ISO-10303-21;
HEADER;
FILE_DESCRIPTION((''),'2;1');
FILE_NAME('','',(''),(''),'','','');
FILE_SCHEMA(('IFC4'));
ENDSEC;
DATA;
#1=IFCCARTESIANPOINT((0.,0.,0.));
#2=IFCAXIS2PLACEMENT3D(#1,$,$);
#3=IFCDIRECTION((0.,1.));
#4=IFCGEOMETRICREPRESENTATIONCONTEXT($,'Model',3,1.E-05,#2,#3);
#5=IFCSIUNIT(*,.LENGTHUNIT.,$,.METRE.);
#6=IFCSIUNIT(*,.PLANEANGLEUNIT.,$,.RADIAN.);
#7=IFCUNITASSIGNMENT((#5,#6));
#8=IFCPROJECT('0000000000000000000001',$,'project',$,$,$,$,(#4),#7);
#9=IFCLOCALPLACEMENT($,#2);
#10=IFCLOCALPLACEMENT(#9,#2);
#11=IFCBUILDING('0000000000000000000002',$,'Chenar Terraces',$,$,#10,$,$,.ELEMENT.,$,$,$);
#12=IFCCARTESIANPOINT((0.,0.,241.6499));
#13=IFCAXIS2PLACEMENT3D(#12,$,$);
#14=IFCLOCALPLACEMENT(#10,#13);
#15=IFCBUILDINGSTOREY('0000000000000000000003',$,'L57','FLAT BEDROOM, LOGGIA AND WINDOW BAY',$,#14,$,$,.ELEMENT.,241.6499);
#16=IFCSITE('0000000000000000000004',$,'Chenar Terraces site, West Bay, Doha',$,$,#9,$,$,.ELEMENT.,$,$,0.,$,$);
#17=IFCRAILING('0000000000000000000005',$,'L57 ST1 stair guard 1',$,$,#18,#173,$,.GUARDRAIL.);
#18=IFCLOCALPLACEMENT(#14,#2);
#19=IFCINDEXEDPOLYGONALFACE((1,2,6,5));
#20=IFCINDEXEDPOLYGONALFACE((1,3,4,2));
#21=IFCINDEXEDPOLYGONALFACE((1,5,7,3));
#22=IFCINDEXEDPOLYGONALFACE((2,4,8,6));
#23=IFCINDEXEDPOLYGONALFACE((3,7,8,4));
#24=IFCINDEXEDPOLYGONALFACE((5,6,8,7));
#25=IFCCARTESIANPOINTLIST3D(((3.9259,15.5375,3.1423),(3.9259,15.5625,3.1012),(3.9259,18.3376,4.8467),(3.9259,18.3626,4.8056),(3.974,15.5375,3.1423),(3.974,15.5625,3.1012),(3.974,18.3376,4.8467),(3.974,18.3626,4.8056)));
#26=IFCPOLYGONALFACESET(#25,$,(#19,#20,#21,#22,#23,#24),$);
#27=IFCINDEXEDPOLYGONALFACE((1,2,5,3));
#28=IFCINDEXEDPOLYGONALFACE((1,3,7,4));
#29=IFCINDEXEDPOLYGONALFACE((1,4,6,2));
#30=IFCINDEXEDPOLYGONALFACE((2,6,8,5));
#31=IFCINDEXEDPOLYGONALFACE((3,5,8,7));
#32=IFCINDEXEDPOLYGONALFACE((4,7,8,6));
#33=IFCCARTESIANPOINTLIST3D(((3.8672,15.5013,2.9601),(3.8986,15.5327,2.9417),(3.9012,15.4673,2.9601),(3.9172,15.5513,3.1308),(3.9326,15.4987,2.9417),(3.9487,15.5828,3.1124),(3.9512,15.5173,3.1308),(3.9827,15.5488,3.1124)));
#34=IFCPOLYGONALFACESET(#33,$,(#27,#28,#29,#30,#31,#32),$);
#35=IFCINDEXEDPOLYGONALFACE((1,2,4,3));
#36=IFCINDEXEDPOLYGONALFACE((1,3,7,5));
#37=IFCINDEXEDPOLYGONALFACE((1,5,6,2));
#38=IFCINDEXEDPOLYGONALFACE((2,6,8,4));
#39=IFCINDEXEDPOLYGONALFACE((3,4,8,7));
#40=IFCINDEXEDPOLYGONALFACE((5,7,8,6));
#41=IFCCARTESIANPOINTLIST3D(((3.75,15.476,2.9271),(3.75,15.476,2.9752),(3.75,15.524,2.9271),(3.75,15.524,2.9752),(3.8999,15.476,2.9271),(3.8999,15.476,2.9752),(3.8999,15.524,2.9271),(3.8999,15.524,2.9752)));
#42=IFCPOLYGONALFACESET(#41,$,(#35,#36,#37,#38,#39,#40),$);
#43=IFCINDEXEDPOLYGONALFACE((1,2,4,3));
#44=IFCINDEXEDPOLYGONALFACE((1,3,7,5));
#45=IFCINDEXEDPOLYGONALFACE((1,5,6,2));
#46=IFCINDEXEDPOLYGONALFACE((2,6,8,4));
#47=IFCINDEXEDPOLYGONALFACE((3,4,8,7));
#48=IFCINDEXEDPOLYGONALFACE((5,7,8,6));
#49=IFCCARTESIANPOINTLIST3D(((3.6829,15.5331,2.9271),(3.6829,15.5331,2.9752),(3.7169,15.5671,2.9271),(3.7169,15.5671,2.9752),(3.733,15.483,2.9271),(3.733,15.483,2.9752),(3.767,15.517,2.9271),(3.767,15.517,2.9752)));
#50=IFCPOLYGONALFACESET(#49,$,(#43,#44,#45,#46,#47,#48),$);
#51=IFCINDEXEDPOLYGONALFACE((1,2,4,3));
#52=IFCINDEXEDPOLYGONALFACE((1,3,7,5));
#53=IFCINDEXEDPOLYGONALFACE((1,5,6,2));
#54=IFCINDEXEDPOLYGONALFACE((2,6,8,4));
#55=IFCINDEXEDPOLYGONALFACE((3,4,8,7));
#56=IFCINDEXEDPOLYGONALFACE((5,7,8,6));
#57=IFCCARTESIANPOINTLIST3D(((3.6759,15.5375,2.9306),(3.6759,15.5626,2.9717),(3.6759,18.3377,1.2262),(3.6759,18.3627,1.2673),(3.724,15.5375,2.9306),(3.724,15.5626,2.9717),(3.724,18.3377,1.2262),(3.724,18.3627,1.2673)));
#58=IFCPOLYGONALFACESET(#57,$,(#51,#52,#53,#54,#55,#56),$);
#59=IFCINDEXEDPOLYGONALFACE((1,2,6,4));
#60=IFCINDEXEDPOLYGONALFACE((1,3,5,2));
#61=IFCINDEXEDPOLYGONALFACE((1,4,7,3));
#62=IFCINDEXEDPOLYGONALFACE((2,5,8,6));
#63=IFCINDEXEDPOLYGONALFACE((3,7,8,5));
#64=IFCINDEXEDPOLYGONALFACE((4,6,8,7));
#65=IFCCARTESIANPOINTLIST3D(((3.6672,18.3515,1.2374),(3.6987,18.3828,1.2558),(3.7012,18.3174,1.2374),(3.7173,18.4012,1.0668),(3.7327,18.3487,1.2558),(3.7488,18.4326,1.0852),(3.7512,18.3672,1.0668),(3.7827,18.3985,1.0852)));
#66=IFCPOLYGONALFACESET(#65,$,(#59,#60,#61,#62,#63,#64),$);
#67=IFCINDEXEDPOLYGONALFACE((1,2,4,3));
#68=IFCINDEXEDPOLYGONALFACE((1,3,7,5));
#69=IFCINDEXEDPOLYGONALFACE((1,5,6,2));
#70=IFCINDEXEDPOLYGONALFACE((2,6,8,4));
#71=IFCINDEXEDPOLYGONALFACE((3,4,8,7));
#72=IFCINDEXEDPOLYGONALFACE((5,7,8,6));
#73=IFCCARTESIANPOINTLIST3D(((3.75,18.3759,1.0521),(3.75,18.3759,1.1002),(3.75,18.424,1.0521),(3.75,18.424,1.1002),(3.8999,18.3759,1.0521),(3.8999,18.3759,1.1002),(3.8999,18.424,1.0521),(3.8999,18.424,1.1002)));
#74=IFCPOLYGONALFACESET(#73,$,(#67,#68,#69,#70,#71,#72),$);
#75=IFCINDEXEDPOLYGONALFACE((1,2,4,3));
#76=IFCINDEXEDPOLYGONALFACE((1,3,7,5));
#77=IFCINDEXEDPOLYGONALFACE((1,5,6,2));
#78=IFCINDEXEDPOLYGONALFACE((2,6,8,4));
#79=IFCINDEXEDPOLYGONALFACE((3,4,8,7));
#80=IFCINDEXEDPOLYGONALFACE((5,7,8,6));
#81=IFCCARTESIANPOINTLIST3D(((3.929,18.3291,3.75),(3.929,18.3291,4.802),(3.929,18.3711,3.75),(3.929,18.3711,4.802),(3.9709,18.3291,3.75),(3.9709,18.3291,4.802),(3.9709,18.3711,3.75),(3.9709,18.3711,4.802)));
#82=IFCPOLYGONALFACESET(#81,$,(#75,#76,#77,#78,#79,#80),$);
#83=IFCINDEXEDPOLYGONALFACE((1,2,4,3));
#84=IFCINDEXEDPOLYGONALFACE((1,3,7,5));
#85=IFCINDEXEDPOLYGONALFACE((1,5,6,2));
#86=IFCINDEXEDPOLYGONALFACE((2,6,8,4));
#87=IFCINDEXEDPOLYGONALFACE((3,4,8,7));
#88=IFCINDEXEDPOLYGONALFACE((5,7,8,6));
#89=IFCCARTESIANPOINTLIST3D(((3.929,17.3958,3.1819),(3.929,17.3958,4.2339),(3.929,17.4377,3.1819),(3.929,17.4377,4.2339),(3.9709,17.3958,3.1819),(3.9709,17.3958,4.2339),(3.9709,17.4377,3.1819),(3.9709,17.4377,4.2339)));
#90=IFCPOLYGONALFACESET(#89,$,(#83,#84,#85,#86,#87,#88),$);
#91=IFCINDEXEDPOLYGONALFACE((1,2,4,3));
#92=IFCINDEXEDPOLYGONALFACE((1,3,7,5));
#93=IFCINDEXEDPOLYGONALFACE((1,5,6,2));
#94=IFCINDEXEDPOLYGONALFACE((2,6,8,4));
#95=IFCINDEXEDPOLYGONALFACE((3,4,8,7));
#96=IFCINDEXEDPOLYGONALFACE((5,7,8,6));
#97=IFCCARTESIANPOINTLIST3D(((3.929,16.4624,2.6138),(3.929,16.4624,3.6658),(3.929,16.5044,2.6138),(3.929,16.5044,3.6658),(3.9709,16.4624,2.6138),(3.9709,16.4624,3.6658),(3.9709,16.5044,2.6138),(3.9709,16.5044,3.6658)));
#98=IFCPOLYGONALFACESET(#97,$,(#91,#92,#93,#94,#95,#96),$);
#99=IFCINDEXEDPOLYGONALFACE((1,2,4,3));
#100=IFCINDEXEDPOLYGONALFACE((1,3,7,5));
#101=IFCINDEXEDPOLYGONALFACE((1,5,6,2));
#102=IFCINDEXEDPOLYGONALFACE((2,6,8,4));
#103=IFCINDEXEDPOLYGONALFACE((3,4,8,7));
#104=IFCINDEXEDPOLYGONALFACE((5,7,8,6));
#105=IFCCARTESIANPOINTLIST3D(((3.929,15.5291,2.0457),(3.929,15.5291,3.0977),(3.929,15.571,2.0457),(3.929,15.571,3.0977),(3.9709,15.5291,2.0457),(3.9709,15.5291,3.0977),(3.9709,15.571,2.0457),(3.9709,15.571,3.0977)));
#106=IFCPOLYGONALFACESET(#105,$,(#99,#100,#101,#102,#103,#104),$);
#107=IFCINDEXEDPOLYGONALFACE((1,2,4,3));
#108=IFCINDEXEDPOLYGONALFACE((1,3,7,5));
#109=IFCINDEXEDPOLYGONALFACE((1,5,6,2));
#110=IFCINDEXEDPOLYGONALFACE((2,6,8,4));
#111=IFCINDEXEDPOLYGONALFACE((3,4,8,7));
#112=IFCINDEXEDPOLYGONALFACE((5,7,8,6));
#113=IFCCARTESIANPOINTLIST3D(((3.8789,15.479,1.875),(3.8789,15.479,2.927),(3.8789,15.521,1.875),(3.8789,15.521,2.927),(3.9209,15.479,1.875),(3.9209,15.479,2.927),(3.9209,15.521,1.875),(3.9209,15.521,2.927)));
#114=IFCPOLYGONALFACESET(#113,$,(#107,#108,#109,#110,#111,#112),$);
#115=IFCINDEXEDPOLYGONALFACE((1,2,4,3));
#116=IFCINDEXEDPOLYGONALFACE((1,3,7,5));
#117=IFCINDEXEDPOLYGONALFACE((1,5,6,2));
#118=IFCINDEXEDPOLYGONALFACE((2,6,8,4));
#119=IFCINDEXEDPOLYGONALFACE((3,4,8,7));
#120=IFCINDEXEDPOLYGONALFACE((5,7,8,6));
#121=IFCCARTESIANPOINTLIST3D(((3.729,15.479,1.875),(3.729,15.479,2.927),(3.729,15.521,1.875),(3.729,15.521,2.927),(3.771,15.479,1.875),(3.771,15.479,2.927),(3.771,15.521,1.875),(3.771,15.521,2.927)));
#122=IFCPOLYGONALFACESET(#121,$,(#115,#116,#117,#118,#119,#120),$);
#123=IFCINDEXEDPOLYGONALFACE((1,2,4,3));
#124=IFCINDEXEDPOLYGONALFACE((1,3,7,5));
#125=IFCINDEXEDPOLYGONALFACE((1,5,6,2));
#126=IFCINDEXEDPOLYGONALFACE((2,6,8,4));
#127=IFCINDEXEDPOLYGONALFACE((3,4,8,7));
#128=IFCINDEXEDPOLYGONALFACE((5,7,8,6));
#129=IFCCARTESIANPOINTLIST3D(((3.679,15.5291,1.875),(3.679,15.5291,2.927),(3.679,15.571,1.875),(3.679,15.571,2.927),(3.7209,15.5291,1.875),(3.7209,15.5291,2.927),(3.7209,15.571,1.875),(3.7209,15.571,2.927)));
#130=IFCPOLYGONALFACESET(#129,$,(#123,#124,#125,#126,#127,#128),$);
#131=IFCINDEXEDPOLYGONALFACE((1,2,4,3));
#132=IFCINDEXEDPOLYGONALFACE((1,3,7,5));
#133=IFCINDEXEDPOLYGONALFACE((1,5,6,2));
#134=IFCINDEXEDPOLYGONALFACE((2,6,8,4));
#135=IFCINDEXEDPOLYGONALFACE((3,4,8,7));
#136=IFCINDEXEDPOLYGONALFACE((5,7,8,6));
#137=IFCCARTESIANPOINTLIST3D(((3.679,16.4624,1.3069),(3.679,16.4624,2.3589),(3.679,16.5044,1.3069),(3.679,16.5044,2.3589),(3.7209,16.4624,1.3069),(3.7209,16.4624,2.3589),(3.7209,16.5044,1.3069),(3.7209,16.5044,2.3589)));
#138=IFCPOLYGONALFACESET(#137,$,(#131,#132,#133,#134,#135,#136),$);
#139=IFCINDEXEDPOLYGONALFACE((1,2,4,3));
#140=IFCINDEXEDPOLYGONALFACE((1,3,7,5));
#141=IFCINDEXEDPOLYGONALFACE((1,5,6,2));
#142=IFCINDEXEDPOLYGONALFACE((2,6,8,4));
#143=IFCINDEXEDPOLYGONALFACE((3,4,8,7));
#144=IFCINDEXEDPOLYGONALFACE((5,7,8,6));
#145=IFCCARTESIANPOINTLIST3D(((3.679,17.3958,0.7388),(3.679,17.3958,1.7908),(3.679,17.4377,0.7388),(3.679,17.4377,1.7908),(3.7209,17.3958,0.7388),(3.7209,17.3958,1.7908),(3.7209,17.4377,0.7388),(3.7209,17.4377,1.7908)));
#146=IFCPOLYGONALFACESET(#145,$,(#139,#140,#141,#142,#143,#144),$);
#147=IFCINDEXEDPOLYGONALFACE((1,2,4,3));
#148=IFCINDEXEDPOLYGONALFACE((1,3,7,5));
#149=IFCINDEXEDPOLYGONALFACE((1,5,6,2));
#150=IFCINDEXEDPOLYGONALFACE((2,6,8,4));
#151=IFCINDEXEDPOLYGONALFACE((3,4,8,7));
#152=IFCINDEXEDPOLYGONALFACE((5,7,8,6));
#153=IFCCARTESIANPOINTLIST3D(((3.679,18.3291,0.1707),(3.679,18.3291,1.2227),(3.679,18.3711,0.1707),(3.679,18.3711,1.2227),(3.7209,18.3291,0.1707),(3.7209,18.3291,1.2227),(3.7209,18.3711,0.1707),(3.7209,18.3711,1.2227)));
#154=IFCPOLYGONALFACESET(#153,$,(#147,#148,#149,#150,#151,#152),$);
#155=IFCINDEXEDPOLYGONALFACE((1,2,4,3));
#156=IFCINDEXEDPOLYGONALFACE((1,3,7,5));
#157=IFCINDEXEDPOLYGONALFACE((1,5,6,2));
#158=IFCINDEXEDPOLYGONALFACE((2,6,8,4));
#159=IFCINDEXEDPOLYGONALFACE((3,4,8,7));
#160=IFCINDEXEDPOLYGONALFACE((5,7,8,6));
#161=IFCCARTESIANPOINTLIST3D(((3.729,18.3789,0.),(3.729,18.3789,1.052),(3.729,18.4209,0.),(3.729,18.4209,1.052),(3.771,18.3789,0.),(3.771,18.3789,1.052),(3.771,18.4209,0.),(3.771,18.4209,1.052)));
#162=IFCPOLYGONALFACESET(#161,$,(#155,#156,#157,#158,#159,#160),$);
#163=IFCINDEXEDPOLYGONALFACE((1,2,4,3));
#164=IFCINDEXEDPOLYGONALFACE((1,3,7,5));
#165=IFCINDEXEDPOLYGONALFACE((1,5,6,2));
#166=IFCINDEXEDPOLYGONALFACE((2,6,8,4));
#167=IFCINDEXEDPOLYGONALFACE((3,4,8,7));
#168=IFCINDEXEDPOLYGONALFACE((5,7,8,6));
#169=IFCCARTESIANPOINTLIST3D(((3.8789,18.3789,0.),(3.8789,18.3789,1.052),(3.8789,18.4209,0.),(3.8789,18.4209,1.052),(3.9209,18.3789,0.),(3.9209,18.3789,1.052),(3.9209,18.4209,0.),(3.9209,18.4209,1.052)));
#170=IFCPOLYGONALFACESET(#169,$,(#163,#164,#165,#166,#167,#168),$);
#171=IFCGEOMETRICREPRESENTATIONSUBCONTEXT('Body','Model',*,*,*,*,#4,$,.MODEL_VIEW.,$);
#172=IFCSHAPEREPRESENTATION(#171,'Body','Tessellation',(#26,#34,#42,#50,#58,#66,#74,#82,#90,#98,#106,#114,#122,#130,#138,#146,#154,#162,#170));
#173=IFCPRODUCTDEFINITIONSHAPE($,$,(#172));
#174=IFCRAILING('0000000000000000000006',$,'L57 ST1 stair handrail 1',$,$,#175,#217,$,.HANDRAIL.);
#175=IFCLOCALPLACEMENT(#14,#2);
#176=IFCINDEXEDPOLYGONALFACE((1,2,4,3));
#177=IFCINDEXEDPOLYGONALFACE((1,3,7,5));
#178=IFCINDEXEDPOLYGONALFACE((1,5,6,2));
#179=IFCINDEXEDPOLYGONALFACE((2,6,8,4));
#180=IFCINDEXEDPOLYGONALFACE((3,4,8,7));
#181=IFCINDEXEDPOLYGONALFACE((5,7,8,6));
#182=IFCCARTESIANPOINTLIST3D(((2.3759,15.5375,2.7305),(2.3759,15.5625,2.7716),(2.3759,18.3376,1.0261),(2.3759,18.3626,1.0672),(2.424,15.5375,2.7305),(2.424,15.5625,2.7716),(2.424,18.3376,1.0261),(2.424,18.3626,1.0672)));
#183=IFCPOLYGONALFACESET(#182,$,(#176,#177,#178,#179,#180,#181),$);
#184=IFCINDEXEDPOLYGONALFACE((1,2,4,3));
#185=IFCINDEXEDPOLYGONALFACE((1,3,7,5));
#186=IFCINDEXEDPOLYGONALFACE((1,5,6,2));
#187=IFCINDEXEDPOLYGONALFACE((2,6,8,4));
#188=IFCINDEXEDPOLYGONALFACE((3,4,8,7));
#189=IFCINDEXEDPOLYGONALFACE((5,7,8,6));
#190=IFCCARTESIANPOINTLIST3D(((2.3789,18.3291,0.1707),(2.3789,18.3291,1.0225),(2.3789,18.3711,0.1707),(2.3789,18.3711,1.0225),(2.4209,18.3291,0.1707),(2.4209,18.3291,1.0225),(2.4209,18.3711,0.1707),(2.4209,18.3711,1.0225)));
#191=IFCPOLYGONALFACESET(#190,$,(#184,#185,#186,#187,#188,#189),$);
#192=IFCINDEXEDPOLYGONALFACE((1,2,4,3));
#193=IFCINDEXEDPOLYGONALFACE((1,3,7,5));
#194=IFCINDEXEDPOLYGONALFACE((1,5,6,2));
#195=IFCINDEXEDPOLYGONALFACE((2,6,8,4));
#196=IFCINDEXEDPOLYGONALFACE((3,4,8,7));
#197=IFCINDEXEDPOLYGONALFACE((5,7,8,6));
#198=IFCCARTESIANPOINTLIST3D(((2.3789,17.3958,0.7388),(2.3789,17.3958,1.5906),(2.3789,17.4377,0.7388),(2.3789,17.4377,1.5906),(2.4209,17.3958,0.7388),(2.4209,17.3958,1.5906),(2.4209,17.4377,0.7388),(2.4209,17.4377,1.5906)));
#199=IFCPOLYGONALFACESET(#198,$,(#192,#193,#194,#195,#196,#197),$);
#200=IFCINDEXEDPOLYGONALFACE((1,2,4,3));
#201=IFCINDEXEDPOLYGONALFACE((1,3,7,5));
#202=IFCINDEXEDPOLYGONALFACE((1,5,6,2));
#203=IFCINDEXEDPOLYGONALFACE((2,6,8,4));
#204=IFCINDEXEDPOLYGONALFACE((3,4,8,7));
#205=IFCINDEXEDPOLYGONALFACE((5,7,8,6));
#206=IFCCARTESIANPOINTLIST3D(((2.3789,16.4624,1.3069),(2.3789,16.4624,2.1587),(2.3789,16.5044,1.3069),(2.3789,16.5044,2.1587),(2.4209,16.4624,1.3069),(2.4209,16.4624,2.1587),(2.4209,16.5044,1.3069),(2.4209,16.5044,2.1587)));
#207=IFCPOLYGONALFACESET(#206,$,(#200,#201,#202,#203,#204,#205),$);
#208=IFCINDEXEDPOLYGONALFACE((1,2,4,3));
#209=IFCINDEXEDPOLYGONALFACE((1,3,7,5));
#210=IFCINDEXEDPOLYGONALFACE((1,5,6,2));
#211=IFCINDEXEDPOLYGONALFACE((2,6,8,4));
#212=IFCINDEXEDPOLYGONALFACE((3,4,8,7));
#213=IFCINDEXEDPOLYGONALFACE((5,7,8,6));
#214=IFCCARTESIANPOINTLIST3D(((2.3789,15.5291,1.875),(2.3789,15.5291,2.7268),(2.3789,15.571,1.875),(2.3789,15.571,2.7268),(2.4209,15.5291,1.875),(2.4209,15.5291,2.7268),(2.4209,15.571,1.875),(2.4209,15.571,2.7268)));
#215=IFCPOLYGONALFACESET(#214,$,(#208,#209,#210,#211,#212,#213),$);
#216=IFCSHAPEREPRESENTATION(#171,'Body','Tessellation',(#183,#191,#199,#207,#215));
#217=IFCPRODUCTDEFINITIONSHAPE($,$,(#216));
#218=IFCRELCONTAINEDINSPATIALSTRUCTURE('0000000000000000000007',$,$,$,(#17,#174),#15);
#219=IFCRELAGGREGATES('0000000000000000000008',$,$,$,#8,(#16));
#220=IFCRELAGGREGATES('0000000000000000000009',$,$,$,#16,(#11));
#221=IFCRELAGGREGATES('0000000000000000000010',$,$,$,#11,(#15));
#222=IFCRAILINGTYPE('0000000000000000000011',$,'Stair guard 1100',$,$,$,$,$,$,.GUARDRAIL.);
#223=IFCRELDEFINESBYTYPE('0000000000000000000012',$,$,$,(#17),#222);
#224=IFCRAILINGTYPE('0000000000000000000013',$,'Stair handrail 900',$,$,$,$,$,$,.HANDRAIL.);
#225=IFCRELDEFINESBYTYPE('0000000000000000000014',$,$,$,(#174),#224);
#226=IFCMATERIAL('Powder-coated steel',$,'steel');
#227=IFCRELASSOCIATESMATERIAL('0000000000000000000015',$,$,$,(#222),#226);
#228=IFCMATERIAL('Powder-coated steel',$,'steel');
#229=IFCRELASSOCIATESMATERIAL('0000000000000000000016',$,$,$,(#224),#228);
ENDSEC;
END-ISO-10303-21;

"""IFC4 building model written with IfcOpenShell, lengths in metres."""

from ifc_helpers import new_model, si_unit, direction, frame, origin, origin_2d, place, context, subcontext, project, spatial, rectangle, extrude, material, type_object, element, save


model = new_model("IFC4")

# Units and contexts
model_context = context("Model", 3, precision=1e-05, world=origin(), true_north=direction((0.0, 1.0)))
body_context = subcontext(model_context, "Body", "Model", "MODEL_VIEW")
ifc_project = project(units=[si_unit("LENGTHUNIT", "METRE"), si_unit("PLANEANGLEUNIT", "RADIAN")], contexts=[model_context])

# Site, building, storey
site_placement = place(None, origin())
site = spatial("IfcSite", under=ifc_project, at=site_placement, Name="Chenar Terraces site, West Bay, Doha", CompositionType="ELEMENT", RefElevation=0.0)
building_placement = place(site_placement, origin())
building = spatial("IfcBuilding", under=site, at=building_placement, Name="Chenar Terraces", CompositionType="ELEMENT")
storey_placement = place(building_placement, frame((0.0, 0.0, 241.6499)))
storey = spatial("IfcBuildingStorey", under=building, at=storey_placement, Name="L57", Description="FLAT BEDROOM, LOGGIA AND WINDOW BAY", CompositionType="ELEMENT", Elevation=241.6499)

# Railings
ifc_material_1 = material(Name="Powder-coated steel", Category="steel")
railing_type_1 = type_object("IfcRailingType", Name="Stair guard 1100", PredefinedType="GUARDRAIL", material=ifc_material_1)
railing_1_placement = place(storey_placement, frame((3.95, 18.3501, 3.75)))
element("IfcRailing", 1, at=railing_1_placement, inside=storey, type_object=railing_type_1, Name="L57 ST1 stair guard 1", PredefinedType="GUARDRAIL", context=body_context, shape_type="SweptSolid", body=[
    extrude(rectangle(XDim=0.0481, YDim=0.0481, at=origin_2d()), frame((0.0, 0.0, 1.0762), z_axis=(0.0, -0.854203, -0.51994), x_axis=(1.0, 0.0, 0.0)), (0.0, 0.0, 1.0), 3.2781),
    extrude(rectangle(XDim=0.0481, YDim=0.0481, at=origin_2d()), frame((0.0, -2.8, -0.6284), z_axis=(-0.2709, -0.2709, -0.923703), x_axis=(0.707107, -0.707107, 0.0)), (0.0, 0.0, 1.0), 0.1848),
    extrude(rectangle(XDim=0.0481, YDim=0.0481, at=origin_2d()), frame((-0.05, -2.8501, -0.7988), z_axis=(-1.0, 0.0, 0.0), x_axis=(0.0, -1.0, 0.0)), (0.0, 0.0, 1.0), 0.1499),
    extrude(rectangle(XDim=0.0481, YDim=0.0481, at=origin_2d()), frame((-0.2, -2.8501, -0.7988), z_axis=(-0.707107, 0.707107, 0.0), x_axis=(-0.707107, -0.707107, 0.0)), (0.0, 0.0, 1.0), 0.0708),
    extrude(rectangle(XDim=0.0481, YDim=0.0481, at=origin_2d()), frame((-0.25, -2.8, -0.7988), z_axis=(0.0, 0.854203, -0.51994), x_axis=(-1.0, 0.0, 0.0)), (0.0, 0.0, 1.0), 3.2781),
    extrude(rectangle(XDim=0.0481, YDim=0.0481, at=origin_2d()), frame((-0.25, 0.0, -2.5034), z_axis=(0.270997, 0.269675, -0.924033), x_axis=(-0.705376, 0.708834, 0.0)), (0.0, 0.0, 1.0), 0.1846),
    extrude(rectangle(XDim=0.0481, YDim=0.0481, at=origin_2d()), frame((-0.2, 0.0498, -2.6738), z_axis=(1.0, 0.0, 0.0), x_axis=(0.0, 1.0, 0.0)), (0.0, 0.0, 1.0), 0.1499),
    extrude(rectangle(XDim=0.042, YDim=0.042, at=origin_2d()), origin(), (0.0, 0.0, 1.0), 1.052),
    extrude(rectangle(XDim=0.042, YDim=0.042, at=origin_2d()), frame((0.0, -0.9333, -0.5681)), (0.0, 0.0, 1.0), 1.052),
    extrude(rectangle(XDim=0.042, YDim=0.042, at=origin_2d()), frame((0.0, -1.8667, -1.1362)), (0.0, 0.0, 1.0), 1.052),
    extrude(rectangle(XDim=0.042, YDim=0.042, at=origin_2d()), frame((0.0, -2.8, -1.7043)), (0.0, 0.0, 1.0), 1.052),
    extrude(rectangle(XDim=0.042, YDim=0.042, at=origin_2d()), frame((-0.05, -2.8501, -1.875)), (0.0, 0.0, 1.0), 1.052),
    extrude(rectangle(XDim=0.042, YDim=0.042, at=origin_2d()), frame((-0.2, -2.8501, -1.875)), (0.0, 0.0, 1.0), 1.052),
    extrude(rectangle(XDim=0.042, YDim=0.042, at=origin_2d()), frame((-0.25, -2.8, -1.875)), (0.0, 0.0, 1.0), 1.052),
    extrude(rectangle(XDim=0.042, YDim=0.042, at=origin_2d()), frame((-0.25, -1.8667, -2.4431)), (0.0, 0.0, 1.0), 1.052),
    extrude(rectangle(XDim=0.042, YDim=0.042, at=origin_2d()), frame((-0.25, -0.9333, -3.0112)), (0.0, 0.0, 1.0), 1.052),
    extrude(rectangle(XDim=0.042, YDim=0.042, at=origin_2d()), frame((-0.25, 0.0, -3.5793)), (0.0, 0.0, 1.0), 1.052),
    extrude(rectangle(XDim=0.042, YDim=0.042, at=origin_2d()), frame((-0.2, 0.0498, -3.75)), (0.0, 0.0, 1.0), 1.052),
    extrude(rectangle(XDim=0.042, YDim=0.042, at=origin_2d()), frame((-0.05, 0.0498, -3.75)), (0.0, 0.0, 1.0), 1.052),
])
ifc_material_2 = material(Name="Powder-coated steel", Category="steel")
railing_type_2 = type_object("IfcRailingType", Name="Stair handrail 900", PredefinedType="HANDRAIL", material=ifc_material_2)
railing_2_placement = place(storey_placement, frame((2.3999, 18.3501, 0.1707)))
element("IfcRailing", 2, at=railing_2_placement, inside=storey, type_object=railing_type_2, Name="L57 ST1 stair handrail 1", PredefinedType="HANDRAIL", context=body_context, shape_type="SweptSolid", body=[
    extrude(rectangle(XDim=0.0481, YDim=0.0481, at=origin_2d()), frame((0.0, 0.0, 0.876), z_axis=(0.0, -0.854203, 0.51994), x_axis=(1.0, 0.0, 0.0)), (0.0, 0.0, 1.0), 3.2781),
    extrude(rectangle(XDim=0.042, YDim=0.042, at=origin_2d()), origin(), (0.0, 0.0, 1.0), 0.8518),
    extrude(rectangle(XDim=0.042, YDim=0.042, at=origin_2d()), frame((0.0, -0.9333, 0.5681)), (0.0, 0.0, 1.0), 0.8518),
    extrude(rectangle(XDim=0.042, YDim=0.042, at=origin_2d()), frame((0.0, -1.8667, 1.1362)), (0.0, 0.0, 1.0), 0.8518),
    extrude(rectangle(XDim=0.042, YDim=0.042, at=origin_2d()), frame((0.0, -2.8, 1.7043)), (0.0, 0.0, 1.0), 0.8518),
])

save(model, "model.ifc")
